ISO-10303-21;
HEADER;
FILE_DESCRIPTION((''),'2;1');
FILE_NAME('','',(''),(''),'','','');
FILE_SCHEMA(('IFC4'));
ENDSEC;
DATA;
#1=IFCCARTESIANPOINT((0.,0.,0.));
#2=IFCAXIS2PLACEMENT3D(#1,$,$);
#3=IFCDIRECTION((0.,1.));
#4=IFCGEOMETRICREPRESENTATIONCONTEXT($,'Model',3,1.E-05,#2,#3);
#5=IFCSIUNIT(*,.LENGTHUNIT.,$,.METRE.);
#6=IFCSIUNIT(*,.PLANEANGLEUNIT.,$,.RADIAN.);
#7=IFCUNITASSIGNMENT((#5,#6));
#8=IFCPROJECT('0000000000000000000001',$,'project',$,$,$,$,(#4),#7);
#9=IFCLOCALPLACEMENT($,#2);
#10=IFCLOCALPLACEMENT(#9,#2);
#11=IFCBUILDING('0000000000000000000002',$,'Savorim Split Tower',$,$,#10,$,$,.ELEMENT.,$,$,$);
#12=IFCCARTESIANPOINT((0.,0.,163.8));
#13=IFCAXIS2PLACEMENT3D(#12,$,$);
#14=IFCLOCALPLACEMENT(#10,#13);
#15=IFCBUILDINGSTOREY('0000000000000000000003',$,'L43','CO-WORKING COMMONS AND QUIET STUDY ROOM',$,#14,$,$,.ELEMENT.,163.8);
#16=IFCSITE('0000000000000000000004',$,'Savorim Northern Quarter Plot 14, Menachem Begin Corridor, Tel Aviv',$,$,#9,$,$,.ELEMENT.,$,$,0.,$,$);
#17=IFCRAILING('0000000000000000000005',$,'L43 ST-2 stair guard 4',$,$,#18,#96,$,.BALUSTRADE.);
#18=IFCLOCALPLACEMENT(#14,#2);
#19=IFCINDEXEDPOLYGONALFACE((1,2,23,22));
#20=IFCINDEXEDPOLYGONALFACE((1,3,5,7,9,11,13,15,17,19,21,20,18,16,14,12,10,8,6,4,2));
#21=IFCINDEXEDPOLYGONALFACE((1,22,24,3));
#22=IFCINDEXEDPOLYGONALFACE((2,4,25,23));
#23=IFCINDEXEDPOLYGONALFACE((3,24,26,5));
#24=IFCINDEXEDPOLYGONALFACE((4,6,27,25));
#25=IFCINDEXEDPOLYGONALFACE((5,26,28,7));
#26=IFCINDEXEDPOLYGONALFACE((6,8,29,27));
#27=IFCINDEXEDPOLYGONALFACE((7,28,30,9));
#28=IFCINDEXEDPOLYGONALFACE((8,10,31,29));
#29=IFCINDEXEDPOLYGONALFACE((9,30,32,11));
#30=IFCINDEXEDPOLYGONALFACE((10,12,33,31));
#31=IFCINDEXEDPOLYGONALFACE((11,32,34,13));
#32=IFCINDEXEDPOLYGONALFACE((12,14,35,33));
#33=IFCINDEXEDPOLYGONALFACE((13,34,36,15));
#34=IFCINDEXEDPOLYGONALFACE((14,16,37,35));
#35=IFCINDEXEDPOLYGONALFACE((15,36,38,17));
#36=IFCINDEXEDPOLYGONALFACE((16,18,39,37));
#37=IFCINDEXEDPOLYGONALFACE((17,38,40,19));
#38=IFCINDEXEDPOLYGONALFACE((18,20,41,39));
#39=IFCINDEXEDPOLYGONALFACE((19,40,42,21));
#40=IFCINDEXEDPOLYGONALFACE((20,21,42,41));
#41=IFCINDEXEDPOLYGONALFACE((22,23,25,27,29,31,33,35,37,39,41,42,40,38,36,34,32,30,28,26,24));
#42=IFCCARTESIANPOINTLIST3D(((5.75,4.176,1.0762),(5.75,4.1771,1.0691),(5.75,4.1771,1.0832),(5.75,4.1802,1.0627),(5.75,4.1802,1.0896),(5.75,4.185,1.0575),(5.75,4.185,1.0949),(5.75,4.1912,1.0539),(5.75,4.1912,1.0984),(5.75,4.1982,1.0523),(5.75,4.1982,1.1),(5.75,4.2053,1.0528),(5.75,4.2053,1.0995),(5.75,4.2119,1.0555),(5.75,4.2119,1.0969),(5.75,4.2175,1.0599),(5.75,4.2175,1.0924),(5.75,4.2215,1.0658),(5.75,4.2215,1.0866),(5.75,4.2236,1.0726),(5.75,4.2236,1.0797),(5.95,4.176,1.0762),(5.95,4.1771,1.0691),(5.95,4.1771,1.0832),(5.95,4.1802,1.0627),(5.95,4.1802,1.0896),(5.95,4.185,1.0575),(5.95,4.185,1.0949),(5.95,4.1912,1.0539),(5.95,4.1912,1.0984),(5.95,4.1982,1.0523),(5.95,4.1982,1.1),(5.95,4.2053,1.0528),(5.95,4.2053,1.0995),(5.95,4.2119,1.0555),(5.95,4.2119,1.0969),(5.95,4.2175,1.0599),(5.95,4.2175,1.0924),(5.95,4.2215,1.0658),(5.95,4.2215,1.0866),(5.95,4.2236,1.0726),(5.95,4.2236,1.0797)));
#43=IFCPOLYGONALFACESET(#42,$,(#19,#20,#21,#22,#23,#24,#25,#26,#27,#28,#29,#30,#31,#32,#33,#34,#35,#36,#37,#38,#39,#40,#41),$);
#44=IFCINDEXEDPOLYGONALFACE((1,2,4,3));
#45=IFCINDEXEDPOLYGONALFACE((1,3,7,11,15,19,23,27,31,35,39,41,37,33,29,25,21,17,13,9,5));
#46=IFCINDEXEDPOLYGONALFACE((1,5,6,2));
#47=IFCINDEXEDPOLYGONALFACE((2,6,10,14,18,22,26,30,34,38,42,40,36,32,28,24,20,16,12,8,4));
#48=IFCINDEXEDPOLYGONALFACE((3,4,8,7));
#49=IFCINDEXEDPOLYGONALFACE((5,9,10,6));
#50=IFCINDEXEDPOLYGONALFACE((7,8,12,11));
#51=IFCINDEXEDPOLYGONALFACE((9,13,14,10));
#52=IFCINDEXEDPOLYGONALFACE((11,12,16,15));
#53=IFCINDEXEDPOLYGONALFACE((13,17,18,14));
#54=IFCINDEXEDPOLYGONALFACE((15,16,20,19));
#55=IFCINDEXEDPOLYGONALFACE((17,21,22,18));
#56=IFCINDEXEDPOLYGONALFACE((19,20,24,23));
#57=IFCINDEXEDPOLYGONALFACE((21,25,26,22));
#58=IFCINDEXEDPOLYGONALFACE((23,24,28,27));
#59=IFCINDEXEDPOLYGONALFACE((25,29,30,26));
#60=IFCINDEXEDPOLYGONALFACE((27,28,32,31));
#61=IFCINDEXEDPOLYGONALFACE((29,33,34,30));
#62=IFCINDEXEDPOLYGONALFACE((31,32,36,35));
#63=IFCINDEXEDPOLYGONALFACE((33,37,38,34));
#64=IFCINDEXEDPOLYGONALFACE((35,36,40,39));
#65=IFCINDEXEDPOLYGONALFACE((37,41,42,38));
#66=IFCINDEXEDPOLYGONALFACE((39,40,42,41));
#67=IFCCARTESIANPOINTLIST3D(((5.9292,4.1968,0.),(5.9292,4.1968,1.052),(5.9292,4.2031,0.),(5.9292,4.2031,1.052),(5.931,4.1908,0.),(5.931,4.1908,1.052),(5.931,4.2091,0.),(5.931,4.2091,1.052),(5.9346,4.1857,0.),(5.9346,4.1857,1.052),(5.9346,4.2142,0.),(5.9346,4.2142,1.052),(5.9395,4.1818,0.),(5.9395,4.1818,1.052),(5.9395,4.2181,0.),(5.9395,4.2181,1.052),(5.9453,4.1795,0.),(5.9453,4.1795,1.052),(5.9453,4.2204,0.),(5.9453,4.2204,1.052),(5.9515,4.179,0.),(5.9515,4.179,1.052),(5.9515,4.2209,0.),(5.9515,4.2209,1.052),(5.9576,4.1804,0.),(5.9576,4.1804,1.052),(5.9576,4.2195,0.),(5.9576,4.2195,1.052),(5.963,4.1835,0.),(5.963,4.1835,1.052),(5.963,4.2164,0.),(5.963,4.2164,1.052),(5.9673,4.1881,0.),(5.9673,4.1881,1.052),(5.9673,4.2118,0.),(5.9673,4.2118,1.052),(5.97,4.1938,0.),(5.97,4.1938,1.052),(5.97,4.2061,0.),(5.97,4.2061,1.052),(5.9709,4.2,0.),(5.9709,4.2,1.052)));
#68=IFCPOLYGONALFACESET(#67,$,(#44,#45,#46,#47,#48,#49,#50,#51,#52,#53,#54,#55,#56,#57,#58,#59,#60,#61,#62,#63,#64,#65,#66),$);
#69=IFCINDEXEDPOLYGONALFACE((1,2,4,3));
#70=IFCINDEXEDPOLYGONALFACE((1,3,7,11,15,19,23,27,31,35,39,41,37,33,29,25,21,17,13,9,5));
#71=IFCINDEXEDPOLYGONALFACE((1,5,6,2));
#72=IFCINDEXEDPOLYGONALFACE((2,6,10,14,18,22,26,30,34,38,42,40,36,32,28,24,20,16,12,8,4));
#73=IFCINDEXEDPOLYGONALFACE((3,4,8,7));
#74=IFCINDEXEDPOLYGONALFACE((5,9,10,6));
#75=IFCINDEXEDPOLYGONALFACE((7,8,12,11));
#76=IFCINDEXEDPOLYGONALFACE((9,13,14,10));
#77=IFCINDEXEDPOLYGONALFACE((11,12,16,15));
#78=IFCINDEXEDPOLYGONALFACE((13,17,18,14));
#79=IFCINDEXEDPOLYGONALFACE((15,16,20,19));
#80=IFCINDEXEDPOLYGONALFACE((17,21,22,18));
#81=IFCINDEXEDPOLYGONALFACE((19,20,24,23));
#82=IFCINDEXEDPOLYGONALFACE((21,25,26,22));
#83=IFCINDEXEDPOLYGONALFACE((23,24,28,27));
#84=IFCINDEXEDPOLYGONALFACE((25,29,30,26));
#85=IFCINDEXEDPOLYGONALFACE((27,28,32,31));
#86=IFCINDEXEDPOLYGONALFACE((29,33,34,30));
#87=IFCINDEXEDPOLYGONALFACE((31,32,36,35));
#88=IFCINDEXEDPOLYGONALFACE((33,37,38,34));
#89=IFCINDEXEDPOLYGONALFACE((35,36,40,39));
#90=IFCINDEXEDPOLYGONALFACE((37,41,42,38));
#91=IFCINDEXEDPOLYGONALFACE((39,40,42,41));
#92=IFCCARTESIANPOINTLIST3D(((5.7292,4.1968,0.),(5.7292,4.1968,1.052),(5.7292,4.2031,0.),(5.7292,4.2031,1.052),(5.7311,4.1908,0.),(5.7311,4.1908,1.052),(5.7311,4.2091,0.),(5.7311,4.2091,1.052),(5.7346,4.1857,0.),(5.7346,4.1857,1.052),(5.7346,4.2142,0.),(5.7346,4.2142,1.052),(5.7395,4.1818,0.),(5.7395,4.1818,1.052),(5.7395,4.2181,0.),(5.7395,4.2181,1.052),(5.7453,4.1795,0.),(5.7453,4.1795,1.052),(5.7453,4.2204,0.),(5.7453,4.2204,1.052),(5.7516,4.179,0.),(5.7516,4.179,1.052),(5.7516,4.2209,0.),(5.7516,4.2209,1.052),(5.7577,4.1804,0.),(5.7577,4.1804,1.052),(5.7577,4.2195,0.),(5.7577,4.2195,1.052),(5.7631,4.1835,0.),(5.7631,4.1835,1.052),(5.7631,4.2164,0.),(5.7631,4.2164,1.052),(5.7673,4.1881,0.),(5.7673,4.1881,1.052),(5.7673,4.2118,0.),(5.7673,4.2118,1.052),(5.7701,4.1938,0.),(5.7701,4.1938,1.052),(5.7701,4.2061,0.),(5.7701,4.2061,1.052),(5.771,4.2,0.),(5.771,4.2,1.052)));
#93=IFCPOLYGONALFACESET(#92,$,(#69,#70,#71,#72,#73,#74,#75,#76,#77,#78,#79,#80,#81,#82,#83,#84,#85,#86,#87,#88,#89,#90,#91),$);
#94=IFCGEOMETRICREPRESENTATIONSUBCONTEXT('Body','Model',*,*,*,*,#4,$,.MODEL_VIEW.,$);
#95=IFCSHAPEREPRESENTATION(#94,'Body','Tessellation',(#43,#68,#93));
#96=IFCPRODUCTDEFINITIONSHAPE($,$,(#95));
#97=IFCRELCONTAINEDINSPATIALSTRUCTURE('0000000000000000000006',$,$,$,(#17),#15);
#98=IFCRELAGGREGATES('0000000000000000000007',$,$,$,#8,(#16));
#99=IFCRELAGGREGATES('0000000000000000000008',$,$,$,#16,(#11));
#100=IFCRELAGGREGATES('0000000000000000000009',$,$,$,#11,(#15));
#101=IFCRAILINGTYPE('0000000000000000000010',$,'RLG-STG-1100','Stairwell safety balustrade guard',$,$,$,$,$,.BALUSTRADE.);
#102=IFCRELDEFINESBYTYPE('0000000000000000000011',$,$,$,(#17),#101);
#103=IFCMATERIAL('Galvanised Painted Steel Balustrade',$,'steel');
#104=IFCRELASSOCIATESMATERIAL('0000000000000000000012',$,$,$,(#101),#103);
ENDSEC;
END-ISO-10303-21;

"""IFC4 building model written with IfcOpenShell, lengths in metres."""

from ifc_helpers import new_model, si_unit, direction, frame, origin, origin_2d, place, context, subcontext, project, spatial, circle, extrude, material, type_object, element, save


model = new_model("IFC4")

# Units and contexts
model_context = context("Model", 3, precision=1e-05, world=origin(), true_north=direction((0.0, 1.0)))
body_context = subcontext(model_context, "Body", "Model", "MODEL_VIEW")
ifc_project = project(units=[si_unit("LENGTHUNIT", "METRE"), si_unit("PLANEANGLEUNIT", "RADIAN")], contexts=[model_context])

# Site, building, storey
site_placement = place(None, origin())
site = spatial("IfcSite", under=ifc_project, at=site_placement, Name="Savorim Northern Quarter Plot 14, Menachem Begin Corridor, Tel Aviv", CompositionType="ELEMENT", RefElevation=0.0)
building_placement = place(site_placement, origin())
building = spatial("IfcBuilding", under=site, at=building_placement, Name="Savorim Split Tower", CompositionType="ELEMENT")
storey_placement = place(building_placement, frame((0.0, 0.0, 163.8)))
storey = spatial("IfcBuildingStorey", under=building, at=storey_placement, Name="L43", Description="CO-WORKING COMMONS AND QUIET STUDY ROOM", CompositionType="ELEMENT", Elevation=163.8)

# Railing
ifc_material_1 = material(Name="Galvanised Painted Steel Balustrade", Category="steel")
railing_type_1 = type_object("IfcRailingType", Name="RLG-STG-1100", Description="Stairwell safety balustrade guard", PredefinedType="BALUSTRADE", material=ifc_material_1)
railing_1_placement = place(storey_placement, frame((5.95, 4.2, 0.0)))
element("IfcRailing", 1, at=railing_1_placement, inside=storey, type_object=railing_type_1, Name="L43 ST-2 stair guard 4", PredefinedType="BALUSTRADE", context=body_context, shape_type="SweptSolid", body=[
    extrude(circle(Radius=0.0239, at=origin_2d()), frame((0.0, 0.0, 1.0762), z_axis=(-1.0, 0.0, 0.0), x_axis=(0.0, -1.0, 0.0)), (0.0, 0.0, 1.0), 0.2),
    extrude(circle(Radius=0.021, at=origin_2d()), origin(), (0.0, 0.0, 1.0), 1.052),
    extrude(circle(Radius=0.021, at=origin_2d()), frame((-0.2, 0.0, 0.0)), (0.0, 0.0, 1.0), 1.052),
])

save(model, "model.ifc")
